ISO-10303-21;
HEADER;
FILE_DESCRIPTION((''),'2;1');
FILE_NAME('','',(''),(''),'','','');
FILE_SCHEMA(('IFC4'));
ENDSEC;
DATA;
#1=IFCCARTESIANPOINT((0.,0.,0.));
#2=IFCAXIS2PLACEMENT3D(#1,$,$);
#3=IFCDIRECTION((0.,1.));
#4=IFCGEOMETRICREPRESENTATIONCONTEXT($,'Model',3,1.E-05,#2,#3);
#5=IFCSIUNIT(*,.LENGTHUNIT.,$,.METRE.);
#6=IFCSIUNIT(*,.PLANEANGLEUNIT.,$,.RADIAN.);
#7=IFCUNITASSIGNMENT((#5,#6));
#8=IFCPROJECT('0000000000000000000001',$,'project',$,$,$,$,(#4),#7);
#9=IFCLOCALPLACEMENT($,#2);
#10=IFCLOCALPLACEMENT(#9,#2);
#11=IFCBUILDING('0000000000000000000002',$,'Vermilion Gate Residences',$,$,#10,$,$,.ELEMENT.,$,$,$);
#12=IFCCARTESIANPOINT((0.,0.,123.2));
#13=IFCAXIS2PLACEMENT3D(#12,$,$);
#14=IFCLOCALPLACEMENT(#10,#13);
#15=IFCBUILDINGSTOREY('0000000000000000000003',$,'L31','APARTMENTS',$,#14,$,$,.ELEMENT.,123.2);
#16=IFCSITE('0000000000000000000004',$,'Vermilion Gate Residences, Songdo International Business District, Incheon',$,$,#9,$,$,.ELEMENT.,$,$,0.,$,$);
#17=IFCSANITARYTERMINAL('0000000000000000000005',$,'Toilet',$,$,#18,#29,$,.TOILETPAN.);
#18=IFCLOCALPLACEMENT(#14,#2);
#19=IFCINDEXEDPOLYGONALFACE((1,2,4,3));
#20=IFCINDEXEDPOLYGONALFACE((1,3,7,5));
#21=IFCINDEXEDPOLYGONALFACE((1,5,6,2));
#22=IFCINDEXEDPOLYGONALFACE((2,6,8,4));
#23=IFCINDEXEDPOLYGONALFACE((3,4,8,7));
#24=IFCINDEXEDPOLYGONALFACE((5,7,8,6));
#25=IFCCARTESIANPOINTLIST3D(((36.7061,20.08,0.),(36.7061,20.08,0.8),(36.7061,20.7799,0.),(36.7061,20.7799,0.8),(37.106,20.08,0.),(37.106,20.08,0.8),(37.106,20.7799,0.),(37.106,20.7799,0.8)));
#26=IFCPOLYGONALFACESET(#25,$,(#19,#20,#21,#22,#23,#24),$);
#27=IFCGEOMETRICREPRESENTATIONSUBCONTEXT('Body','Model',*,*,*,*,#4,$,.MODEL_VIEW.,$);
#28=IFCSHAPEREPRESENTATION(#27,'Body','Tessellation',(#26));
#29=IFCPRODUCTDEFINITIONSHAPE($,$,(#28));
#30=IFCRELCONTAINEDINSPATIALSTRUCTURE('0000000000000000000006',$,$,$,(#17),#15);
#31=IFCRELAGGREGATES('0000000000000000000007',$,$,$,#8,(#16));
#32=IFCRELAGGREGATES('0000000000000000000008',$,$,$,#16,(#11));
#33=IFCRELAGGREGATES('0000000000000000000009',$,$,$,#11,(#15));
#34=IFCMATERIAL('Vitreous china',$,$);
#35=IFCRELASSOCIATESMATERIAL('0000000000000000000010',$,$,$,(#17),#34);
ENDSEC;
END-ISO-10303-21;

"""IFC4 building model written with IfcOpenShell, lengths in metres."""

from ifc_helpers import new_model, si_unit, direction, frame, origin, origin_2d, place, context, subcontext, project, spatial, rectangle, extrude, material, element, save


model = new_model("IFC4")

# Units and contexts
model_context = context("Model", 3, precision=1e-05, world=origin(), true_north=direction((0.0, 1.0)))
body_context = subcontext(model_context, "Body", "Model", "MODEL_VIEW")
ifc_project = project(units=[si_unit("LENGTHUNIT", "METRE"), si_unit("PLANEANGLEUNIT", "RADIAN")], contexts=[model_context])

# Site, building, storey
site_placement = place(None, origin())
site = spatial("IfcSite", under=ifc_project, at=site_placement, Name="Vermilion Gate Residences, Songdo International Business District, Incheon", CompositionType="ELEMENT", RefElevation=0.0)
building_placement = place(site_placement, origin())
building = spatial("IfcBuilding", under=site, at=building_placement, Name="Vermilion Gate Residences", CompositionType="ELEMENT")
storey_placement = place(building_placement, frame((0.0, 0.0, 123.2)))
storey = spatial("IfcBuildingStorey", under=building, at=storey_placement, Name="L31", Description="APARTMENTS", CompositionType="ELEMENT", Elevation=123.2)

# Sanitary terminal
ifc_material_1 = material(Name="Vitreous china")
sanitary_terminal_placement = place(storey_placement, frame((36.906, 20.4299, 0.0), z_axis=(0.0, 0.0, 1.0), x_axis=(1.0, 0.0, 0.0)))
element("IfcSanitaryTerminal", 1, at=sanitary_terminal_placement, inside=storey, material=ifc_material_1, Name="Toilet", PredefinedType="TOILETPAN", context=body_context, shape_type="SweptSolid", body=[
    extrude(rectangle(XDim=0.3999, YDim=0.7, at=origin_2d()), origin(), (0.0, 0.0, 1.0), 0.8),
])

save(model, "model.ifc")
